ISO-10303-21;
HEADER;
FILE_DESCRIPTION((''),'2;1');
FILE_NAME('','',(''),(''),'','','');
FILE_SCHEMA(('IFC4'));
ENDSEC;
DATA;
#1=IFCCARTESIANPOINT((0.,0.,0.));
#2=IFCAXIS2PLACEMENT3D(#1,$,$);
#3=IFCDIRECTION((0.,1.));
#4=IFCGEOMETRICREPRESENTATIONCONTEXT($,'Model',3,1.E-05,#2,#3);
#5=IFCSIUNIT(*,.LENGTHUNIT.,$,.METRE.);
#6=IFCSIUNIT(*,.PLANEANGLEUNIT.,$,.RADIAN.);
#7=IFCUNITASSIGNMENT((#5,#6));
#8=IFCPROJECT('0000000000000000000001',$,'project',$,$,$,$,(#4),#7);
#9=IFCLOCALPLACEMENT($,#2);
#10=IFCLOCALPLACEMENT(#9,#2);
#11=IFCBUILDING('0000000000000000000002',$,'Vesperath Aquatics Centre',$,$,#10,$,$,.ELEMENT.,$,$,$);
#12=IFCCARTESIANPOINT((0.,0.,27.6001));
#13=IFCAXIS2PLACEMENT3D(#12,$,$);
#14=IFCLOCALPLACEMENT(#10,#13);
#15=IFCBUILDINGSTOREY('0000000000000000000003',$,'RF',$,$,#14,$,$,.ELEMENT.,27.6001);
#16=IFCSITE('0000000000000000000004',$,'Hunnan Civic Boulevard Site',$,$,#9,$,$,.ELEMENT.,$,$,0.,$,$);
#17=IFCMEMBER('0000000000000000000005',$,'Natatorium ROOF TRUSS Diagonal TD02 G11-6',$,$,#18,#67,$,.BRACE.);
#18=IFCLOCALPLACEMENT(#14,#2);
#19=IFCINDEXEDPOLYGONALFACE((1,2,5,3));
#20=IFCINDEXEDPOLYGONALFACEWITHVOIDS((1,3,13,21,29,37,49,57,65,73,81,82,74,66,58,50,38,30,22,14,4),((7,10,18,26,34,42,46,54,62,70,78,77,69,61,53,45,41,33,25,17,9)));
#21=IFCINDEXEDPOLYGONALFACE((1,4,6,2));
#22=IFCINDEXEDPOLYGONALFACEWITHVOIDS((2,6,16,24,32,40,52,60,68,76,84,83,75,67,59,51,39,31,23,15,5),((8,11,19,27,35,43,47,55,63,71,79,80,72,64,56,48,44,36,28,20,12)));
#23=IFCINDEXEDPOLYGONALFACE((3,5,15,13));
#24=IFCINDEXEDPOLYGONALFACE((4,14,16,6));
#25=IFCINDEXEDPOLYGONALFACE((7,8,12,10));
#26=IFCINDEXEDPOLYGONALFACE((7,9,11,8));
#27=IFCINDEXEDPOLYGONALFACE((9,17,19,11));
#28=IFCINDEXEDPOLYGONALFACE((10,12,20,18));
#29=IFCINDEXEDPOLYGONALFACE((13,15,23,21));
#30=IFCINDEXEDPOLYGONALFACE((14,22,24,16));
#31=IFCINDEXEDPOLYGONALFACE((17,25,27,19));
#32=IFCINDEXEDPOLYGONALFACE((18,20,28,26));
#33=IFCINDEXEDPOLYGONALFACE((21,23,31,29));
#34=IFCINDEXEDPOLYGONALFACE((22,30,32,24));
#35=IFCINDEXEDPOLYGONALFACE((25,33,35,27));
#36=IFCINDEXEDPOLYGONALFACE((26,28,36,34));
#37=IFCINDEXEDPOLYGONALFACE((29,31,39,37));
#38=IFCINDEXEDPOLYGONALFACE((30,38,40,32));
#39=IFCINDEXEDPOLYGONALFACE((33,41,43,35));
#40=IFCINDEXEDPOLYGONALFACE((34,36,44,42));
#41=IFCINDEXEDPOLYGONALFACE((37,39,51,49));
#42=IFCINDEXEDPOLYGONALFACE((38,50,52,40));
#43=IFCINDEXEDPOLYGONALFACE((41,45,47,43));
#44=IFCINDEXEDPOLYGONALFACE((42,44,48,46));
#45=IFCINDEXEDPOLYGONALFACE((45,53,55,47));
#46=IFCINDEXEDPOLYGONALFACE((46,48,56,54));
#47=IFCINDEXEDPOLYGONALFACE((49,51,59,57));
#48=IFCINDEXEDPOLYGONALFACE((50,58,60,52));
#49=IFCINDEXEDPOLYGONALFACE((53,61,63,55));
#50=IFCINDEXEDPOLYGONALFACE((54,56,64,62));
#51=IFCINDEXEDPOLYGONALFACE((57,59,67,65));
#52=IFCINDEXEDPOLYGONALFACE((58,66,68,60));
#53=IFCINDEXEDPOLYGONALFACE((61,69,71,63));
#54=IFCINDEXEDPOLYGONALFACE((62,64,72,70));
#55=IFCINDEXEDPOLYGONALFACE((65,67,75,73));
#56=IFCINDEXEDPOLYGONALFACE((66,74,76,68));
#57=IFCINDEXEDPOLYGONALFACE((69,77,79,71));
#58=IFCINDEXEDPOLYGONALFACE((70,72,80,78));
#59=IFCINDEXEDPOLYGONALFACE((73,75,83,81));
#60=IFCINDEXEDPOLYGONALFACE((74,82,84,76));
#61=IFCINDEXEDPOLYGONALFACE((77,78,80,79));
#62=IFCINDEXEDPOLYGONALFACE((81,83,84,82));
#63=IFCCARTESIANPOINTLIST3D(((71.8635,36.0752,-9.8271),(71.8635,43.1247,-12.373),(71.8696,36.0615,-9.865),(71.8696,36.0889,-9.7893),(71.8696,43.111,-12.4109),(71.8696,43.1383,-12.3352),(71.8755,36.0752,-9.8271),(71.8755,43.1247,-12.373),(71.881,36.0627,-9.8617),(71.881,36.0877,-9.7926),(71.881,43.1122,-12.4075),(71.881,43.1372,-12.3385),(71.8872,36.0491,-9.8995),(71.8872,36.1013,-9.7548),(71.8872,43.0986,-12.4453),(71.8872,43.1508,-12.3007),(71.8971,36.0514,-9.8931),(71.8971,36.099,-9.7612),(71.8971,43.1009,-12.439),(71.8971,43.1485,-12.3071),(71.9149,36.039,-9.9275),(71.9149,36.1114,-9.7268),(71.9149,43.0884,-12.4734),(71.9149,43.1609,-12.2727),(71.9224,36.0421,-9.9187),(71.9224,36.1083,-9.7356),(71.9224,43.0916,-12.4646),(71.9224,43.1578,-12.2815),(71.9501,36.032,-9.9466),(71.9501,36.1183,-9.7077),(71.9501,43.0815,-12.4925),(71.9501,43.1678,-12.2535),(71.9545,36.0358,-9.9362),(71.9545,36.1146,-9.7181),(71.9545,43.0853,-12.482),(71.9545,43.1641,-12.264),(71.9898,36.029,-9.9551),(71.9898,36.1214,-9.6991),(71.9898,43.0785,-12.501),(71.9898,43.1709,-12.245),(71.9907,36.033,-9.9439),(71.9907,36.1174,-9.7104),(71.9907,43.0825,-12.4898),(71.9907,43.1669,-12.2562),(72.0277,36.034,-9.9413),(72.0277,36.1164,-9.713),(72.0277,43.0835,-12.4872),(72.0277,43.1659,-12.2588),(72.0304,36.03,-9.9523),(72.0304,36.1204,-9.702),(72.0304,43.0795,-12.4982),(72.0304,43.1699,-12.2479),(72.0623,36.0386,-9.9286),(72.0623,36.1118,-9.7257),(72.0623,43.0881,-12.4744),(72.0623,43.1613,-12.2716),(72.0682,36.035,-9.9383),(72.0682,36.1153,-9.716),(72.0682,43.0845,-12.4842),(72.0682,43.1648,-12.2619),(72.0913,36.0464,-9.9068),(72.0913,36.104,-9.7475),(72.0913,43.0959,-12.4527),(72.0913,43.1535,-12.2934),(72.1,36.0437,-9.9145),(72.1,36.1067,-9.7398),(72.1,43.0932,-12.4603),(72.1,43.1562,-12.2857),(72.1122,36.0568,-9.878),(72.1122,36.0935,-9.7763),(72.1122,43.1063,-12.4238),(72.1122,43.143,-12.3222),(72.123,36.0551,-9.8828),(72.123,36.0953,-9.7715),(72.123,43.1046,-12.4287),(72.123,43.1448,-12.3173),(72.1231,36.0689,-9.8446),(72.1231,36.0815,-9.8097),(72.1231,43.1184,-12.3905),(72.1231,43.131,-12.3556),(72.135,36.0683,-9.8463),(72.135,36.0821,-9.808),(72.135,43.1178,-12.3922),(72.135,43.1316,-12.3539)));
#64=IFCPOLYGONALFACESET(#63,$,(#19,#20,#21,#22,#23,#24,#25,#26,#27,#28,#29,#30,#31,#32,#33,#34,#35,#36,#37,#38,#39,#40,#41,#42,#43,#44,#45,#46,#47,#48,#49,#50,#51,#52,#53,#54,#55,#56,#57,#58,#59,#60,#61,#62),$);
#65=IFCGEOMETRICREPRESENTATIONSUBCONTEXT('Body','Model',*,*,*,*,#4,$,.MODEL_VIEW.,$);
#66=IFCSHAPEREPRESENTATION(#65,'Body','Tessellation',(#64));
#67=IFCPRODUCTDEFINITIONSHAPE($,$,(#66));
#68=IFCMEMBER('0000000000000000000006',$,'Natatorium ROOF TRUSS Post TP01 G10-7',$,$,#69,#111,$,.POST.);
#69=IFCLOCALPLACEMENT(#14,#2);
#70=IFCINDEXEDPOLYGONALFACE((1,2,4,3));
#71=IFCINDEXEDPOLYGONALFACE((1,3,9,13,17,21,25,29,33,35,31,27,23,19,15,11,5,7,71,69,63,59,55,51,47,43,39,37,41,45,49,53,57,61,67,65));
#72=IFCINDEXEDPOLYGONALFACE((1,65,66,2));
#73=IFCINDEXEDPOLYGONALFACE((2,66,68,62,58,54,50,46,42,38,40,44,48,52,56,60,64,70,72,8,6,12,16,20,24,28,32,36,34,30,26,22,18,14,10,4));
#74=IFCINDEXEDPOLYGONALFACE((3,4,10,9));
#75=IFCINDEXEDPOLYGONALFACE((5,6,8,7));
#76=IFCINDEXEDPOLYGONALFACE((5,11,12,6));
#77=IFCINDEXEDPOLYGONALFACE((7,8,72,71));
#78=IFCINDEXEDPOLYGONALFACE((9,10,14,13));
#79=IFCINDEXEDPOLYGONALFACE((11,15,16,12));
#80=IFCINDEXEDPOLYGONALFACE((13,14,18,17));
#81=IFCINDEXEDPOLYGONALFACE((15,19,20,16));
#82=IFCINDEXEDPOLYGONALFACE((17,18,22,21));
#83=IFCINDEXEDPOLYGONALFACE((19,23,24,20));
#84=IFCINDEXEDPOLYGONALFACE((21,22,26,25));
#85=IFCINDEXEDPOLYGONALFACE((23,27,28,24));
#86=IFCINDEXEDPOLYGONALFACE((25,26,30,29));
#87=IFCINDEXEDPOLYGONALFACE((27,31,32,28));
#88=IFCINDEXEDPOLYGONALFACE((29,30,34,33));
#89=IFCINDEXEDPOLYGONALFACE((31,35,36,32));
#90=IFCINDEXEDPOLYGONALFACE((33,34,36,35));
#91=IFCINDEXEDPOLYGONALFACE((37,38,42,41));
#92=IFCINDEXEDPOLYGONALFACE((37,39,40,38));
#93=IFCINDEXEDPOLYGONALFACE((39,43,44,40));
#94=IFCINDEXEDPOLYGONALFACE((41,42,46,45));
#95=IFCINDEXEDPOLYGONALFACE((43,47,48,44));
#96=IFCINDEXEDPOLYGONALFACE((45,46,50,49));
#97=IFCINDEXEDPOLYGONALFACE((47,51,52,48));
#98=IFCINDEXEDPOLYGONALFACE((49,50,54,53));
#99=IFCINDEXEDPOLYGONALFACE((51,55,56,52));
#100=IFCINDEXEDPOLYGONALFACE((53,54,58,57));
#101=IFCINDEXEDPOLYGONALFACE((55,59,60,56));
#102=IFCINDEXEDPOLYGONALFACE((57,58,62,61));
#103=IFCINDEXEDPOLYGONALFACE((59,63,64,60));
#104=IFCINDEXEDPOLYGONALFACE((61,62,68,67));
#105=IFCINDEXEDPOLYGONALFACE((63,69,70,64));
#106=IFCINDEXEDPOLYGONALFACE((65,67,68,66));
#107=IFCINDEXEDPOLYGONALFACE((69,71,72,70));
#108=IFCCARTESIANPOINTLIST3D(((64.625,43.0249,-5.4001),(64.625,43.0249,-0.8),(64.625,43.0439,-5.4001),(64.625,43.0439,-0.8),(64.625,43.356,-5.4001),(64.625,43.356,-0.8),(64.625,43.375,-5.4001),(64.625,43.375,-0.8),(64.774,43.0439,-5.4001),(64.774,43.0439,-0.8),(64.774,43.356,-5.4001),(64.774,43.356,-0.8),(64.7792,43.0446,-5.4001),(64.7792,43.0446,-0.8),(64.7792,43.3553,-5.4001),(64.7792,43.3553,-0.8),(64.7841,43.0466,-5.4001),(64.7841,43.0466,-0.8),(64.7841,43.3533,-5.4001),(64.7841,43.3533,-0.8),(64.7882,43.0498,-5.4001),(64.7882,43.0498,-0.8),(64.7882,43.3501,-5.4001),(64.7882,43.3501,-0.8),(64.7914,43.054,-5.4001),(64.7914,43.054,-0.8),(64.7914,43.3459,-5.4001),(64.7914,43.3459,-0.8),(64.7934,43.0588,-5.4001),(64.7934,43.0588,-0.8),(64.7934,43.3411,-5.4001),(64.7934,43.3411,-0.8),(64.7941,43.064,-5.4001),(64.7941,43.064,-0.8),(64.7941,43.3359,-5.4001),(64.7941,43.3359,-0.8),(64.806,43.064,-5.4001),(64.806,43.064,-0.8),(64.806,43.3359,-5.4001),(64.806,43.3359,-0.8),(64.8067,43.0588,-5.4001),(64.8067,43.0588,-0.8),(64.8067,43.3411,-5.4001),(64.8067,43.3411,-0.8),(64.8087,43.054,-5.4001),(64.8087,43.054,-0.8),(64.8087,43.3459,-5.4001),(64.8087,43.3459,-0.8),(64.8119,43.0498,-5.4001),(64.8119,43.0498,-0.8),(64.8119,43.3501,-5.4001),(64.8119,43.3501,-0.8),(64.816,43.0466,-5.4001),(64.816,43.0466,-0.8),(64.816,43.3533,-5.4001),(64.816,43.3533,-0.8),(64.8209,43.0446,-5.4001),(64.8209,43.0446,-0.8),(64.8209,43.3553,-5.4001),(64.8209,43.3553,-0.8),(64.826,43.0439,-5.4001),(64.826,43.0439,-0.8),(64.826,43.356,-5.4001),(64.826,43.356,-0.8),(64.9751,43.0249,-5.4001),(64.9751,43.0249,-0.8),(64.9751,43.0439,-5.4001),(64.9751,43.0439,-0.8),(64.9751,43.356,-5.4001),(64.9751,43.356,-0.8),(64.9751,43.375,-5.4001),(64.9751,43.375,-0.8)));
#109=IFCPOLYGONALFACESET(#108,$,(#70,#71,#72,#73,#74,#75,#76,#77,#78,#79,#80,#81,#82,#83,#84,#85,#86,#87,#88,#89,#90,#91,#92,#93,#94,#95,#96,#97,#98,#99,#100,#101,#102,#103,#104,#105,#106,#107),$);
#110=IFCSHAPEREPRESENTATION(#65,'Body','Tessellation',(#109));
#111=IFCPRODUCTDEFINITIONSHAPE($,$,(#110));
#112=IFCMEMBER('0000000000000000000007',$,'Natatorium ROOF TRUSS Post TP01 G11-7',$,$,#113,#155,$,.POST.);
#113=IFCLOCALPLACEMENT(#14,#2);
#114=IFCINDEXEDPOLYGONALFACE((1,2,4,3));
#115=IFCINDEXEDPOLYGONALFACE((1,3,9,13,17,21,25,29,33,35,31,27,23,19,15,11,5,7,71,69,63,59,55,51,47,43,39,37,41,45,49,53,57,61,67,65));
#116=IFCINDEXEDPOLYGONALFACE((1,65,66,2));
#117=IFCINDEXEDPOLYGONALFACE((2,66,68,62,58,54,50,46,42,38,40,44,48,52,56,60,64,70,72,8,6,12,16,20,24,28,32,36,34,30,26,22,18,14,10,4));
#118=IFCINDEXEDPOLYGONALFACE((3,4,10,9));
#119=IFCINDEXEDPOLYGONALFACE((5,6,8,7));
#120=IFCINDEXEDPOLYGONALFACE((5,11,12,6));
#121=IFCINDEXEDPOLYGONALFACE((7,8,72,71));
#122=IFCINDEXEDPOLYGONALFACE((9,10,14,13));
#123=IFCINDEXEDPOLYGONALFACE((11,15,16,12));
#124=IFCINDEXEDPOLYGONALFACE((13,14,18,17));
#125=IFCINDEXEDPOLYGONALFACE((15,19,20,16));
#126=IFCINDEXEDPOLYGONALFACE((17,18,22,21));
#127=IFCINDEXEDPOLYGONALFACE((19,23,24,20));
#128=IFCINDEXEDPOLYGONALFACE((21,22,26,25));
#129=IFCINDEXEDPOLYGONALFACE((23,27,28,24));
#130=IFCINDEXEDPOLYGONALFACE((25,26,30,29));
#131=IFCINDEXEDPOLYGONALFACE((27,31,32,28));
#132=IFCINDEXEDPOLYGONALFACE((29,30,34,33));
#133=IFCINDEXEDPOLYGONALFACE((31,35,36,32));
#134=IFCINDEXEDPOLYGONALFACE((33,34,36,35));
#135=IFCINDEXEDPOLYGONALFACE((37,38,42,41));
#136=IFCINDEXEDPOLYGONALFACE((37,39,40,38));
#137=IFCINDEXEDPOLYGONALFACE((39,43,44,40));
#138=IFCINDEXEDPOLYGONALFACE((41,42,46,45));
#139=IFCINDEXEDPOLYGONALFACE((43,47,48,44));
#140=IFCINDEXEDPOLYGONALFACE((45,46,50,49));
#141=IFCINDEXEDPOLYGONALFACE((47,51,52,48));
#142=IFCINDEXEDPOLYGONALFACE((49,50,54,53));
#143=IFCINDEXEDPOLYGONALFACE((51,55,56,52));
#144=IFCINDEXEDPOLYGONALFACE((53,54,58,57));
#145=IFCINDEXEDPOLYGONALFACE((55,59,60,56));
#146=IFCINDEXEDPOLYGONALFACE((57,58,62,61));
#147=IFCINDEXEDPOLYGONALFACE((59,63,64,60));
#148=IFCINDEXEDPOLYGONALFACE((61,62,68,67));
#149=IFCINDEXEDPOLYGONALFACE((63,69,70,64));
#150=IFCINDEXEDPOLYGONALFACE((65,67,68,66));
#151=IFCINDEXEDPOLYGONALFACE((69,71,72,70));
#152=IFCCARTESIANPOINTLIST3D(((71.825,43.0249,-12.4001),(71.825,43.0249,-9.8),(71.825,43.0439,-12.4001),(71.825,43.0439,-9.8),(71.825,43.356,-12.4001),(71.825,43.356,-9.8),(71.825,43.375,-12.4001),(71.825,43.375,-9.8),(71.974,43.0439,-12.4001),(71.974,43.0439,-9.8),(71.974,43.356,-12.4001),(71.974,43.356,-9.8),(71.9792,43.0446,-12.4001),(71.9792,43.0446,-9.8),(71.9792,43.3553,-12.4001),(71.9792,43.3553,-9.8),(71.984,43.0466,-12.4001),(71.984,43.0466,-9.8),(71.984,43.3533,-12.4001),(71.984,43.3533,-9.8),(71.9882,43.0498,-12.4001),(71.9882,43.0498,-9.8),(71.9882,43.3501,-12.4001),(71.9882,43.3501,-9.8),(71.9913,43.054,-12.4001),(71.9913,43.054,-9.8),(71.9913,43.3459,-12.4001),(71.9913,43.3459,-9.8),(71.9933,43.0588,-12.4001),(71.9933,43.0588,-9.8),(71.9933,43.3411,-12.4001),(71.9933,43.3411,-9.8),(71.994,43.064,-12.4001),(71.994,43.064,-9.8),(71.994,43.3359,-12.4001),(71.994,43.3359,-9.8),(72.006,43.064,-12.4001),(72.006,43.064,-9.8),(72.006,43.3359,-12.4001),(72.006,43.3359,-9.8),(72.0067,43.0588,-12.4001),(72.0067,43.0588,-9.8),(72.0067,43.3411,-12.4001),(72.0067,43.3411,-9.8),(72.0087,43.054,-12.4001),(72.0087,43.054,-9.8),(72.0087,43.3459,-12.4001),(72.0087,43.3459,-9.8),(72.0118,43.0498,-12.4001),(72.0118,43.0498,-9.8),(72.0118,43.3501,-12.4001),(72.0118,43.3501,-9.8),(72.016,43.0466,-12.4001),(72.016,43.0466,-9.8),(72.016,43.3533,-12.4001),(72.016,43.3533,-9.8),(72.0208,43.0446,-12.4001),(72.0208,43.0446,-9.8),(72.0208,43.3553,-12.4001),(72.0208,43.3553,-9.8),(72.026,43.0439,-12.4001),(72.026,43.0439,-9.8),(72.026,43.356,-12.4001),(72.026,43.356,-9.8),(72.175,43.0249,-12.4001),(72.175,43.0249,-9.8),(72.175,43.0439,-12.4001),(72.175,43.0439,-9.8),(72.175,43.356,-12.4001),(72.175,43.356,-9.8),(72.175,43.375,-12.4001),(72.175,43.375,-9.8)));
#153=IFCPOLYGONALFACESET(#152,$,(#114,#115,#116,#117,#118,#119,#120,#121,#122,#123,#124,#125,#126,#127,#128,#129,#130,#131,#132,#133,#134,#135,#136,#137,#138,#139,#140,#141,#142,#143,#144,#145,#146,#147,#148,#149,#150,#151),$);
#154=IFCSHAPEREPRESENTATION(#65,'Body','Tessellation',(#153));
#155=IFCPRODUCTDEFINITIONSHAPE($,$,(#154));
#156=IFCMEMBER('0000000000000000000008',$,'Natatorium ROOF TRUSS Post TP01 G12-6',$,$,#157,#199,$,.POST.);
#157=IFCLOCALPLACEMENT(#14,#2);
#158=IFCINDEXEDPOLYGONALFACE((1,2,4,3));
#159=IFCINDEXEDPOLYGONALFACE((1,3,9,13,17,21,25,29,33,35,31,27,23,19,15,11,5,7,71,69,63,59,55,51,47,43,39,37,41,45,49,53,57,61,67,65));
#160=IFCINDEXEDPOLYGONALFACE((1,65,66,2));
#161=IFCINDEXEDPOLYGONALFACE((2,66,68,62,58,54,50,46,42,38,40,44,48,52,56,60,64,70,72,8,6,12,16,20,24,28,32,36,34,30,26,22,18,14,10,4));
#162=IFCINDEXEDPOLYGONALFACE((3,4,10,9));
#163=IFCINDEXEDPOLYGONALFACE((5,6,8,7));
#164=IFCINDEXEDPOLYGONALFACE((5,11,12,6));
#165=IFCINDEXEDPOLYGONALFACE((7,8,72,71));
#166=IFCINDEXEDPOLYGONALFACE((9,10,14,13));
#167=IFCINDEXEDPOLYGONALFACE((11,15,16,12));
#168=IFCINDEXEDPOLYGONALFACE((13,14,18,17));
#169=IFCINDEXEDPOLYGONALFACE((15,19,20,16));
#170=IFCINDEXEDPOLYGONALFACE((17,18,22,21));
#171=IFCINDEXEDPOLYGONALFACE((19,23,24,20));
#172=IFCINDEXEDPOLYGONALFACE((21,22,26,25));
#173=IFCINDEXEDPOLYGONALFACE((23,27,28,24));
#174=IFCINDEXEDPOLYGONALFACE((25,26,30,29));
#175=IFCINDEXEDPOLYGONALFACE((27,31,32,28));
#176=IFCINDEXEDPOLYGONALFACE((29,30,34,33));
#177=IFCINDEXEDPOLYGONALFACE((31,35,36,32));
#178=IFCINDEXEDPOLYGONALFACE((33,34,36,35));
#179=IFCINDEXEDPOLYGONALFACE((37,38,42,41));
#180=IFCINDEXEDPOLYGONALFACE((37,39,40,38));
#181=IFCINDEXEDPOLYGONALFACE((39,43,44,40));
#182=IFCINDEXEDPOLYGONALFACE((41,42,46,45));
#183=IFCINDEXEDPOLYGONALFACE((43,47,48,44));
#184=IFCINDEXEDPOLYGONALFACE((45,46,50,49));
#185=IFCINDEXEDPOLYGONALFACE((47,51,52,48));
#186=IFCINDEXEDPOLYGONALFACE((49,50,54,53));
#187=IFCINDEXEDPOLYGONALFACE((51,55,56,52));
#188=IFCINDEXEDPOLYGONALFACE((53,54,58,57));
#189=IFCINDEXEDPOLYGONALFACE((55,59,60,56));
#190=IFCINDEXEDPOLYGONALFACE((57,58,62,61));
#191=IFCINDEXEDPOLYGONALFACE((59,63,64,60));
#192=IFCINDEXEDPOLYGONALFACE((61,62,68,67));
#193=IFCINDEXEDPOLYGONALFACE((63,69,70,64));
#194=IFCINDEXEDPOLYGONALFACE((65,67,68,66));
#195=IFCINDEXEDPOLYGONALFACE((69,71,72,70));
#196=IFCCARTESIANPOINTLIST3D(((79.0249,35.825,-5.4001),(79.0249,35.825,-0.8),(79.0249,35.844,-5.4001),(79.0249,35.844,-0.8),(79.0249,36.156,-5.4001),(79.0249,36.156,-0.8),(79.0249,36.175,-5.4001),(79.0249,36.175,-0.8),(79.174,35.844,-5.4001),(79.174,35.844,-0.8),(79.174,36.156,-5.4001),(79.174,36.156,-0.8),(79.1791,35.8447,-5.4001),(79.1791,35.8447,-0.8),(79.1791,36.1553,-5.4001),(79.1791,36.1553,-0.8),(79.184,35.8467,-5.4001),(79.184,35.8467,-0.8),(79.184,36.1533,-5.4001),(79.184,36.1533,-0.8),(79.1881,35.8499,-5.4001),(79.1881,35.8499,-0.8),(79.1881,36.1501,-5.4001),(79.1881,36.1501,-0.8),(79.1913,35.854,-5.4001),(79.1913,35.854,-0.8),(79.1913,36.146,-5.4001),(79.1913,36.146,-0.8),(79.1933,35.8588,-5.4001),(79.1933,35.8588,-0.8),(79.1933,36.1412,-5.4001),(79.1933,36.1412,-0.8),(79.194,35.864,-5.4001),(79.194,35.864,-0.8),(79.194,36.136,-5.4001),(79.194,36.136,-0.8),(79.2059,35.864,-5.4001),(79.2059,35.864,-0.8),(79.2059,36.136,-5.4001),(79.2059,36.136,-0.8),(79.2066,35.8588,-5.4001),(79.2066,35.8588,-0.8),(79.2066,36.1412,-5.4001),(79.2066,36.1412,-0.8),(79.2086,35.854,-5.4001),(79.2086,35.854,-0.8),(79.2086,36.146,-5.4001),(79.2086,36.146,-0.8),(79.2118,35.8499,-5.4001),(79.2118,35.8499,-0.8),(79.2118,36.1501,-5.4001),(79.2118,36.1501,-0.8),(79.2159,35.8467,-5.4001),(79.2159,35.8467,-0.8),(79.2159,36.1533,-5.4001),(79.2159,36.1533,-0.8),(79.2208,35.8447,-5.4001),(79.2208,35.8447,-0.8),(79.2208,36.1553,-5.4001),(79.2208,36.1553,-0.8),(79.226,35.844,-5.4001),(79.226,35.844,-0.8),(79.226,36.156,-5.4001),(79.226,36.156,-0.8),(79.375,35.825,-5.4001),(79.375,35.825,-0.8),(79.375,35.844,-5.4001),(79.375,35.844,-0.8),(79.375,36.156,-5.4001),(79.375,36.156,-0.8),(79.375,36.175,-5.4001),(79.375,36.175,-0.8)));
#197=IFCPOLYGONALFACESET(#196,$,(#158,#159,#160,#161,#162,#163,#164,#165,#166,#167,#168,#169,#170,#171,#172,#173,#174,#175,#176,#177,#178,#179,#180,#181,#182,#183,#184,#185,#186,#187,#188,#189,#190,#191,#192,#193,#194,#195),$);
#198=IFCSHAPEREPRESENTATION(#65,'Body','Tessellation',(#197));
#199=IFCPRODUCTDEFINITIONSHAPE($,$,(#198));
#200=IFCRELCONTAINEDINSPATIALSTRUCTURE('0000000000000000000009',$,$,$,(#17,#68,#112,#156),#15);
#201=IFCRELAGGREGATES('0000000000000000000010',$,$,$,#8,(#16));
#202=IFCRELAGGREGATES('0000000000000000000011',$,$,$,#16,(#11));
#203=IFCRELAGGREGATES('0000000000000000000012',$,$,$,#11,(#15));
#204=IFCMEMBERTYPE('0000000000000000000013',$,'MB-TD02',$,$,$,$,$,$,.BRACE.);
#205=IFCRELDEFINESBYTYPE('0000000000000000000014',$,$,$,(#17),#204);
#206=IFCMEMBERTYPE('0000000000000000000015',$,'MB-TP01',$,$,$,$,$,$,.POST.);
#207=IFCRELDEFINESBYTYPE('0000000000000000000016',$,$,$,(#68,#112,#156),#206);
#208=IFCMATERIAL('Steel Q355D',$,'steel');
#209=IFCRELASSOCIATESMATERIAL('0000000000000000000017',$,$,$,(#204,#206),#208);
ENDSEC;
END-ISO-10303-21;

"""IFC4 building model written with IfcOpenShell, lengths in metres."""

from ifc_helpers import new_model, si_unit, direction, frame, origin, origin_2d, place, context, subcontext, project, spatial, hollow_circle, i_section, extrude, material, material_profile, profile_set, type_object, element, save


model = new_model("IFC4")

# Units and contexts
model_context = context("Model", 3, precision=1e-05, world=origin(), true_north=direction((0.0, 1.0)))
body_context = subcontext(model_context, "Body", "Model", "MODEL_VIEW")
ifc_project = project(units=[si_unit("LENGTHUNIT", "METRE"), si_unit("PLANEANGLEUNIT", "RADIAN")], contexts=[model_context])

# Site, building, storey
site_placement = place(None, origin())
site = spatial("IfcSite", under=ifc_project, at=site_placement, Name="Hunnan Civic Boulevard Site", CompositionType="ELEMENT", RefElevation=0.0)
building_placement = place(site_placement, origin())
building = spatial("IfcBuilding", under=site, at=building_placement, Name="Vesperath Aquatics Centre", CompositionType="ELEMENT")
storey_placement = place(building_placement, frame((0.0, 0.0, 27.6001)))
storey = spatial("IfcBuildingStorey", under=building, at=storey_placement, Name="RF", CompositionType="ELEMENT", Elevation=27.6001)

# Members
ifc_material_1 = material(Name="Steel Q355D", Category="steel")
ifc_material_profile_1 = material_profile(ifc_material_1, hollow_circle(Radius=0.1365, WallThickness=0.012, at=origin_2d()), Name="CHS 273.0x12")
ifc_profile_set_1 = profile_set([ifc_material_profile_1], Name="Steel Q355D")
member_type_1 = type_object("IfcMemberType", Name="MB-TD02", PredefinedType="BRACE", material=ifc_profile_set_1)
member_1_placement = place(storey_placement, frame((72.0, 36.0752, -9.8271), z_axis=(0.0, 0.940544, -0.339671), x_axis=(-1.0, 0.0, 0.0)))
element("IfcMember", 1, at=member_1_placement, inside=storey, type_object=member_type_1, Name="Natatorium ROOF TRUSS Diagonal TD02 G11-6", PredefinedType="BRACE", context=body_context, shape_type="SweptSolid", body=[
    extrude(hollow_circle(Radius=0.1365, WallThickness=0.012, at=origin_2d()), origin(), (0.0, 0.0, 1.0), 7.4951),
])
ifc_material_profile_2 = material_profile(ifc_material_1, i_section(OverallWidth=0.3501, OverallDepth=0.3501, WebThickness=0.012, FlangeThickness=0.019, FilletRadius=0.02, at=origin_2d()), Name="HW 350x350x12x19")
ifc_profile_set_2 = profile_set([ifc_material_profile_2], Name="Steel Q355D")
member_type_2 = type_object("IfcMemberType", Name="MB-TP01", PredefinedType="POST", material=ifc_profile_set_2)
member_2_placement = place(storey_placement, frame((64.8, 43.2, -5.4001), z_axis=(0.0, 0.0, 1.0), x_axis=(1.0, 0.0, 0.0)))
element("IfcMember", 2, at=member_2_placement, inside=storey, type_object=member_type_2, Name="Natatorium ROOF TRUSS Post TP01 G10-7", PredefinedType="POST", context=body_context, shape_type="SweptSolid", body=[
    extrude(i_section(OverallWidth=0.3501, OverallDepth=0.3501, WebThickness=0.012, FlangeThickness=0.019, FilletRadius=0.02, at=origin_2d()), origin(), (0.0, 0.0, 1.0), 4.6001),
])
member_3_placement = place(storey_placement, frame((72.0, 43.2, -12.4001), z_axis=(0.0, 0.0, 1.0), x_axis=(1.0, 0.0, 0.0)))
element("IfcMember", 3, at=member_3_placement, inside=storey, type_object=member_type_2, Name="Natatorium ROOF TRUSS Post TP01 G11-7", PredefinedType="POST", context=body_context, shape_type="SweptSolid", body=[
    extrude(i_section(OverallWidth=0.3501, OverallDepth=0.3501, WebThickness=0.012, FlangeThickness=0.019, FilletRadius=0.02, at=origin_2d()), origin(), (0.0, 0.0, 1.0), 2.6001),
])
for number, where, z_axis, x_axis, name in (
    (4, (79.2, 36.0, -5.4001), (0.0, 0.0, 1.0), (1.0, 0.0, 0.0), "Natatorium ROOF TRUSS Post TP01 G12-6"),
):
    element("IfcMember", number, at=place(storey_placement, frame(where, z_axis=z_axis, x_axis=x_axis)), inside=storey, type_object=member_type_2, Name=name, PredefinedType="POST", context=body_context, shape_type="SweptSolid", body=[
        extrude(i_section(OverallWidth=0.3501, OverallDepth=0.3501, WebThickness=0.012, FlangeThickness=0.019, FilletRadius=0.02, at=origin_2d()), origin(), (0.0, 0.0, 1.0), 4.6001),
    ])

save(model, "model.ifc")
